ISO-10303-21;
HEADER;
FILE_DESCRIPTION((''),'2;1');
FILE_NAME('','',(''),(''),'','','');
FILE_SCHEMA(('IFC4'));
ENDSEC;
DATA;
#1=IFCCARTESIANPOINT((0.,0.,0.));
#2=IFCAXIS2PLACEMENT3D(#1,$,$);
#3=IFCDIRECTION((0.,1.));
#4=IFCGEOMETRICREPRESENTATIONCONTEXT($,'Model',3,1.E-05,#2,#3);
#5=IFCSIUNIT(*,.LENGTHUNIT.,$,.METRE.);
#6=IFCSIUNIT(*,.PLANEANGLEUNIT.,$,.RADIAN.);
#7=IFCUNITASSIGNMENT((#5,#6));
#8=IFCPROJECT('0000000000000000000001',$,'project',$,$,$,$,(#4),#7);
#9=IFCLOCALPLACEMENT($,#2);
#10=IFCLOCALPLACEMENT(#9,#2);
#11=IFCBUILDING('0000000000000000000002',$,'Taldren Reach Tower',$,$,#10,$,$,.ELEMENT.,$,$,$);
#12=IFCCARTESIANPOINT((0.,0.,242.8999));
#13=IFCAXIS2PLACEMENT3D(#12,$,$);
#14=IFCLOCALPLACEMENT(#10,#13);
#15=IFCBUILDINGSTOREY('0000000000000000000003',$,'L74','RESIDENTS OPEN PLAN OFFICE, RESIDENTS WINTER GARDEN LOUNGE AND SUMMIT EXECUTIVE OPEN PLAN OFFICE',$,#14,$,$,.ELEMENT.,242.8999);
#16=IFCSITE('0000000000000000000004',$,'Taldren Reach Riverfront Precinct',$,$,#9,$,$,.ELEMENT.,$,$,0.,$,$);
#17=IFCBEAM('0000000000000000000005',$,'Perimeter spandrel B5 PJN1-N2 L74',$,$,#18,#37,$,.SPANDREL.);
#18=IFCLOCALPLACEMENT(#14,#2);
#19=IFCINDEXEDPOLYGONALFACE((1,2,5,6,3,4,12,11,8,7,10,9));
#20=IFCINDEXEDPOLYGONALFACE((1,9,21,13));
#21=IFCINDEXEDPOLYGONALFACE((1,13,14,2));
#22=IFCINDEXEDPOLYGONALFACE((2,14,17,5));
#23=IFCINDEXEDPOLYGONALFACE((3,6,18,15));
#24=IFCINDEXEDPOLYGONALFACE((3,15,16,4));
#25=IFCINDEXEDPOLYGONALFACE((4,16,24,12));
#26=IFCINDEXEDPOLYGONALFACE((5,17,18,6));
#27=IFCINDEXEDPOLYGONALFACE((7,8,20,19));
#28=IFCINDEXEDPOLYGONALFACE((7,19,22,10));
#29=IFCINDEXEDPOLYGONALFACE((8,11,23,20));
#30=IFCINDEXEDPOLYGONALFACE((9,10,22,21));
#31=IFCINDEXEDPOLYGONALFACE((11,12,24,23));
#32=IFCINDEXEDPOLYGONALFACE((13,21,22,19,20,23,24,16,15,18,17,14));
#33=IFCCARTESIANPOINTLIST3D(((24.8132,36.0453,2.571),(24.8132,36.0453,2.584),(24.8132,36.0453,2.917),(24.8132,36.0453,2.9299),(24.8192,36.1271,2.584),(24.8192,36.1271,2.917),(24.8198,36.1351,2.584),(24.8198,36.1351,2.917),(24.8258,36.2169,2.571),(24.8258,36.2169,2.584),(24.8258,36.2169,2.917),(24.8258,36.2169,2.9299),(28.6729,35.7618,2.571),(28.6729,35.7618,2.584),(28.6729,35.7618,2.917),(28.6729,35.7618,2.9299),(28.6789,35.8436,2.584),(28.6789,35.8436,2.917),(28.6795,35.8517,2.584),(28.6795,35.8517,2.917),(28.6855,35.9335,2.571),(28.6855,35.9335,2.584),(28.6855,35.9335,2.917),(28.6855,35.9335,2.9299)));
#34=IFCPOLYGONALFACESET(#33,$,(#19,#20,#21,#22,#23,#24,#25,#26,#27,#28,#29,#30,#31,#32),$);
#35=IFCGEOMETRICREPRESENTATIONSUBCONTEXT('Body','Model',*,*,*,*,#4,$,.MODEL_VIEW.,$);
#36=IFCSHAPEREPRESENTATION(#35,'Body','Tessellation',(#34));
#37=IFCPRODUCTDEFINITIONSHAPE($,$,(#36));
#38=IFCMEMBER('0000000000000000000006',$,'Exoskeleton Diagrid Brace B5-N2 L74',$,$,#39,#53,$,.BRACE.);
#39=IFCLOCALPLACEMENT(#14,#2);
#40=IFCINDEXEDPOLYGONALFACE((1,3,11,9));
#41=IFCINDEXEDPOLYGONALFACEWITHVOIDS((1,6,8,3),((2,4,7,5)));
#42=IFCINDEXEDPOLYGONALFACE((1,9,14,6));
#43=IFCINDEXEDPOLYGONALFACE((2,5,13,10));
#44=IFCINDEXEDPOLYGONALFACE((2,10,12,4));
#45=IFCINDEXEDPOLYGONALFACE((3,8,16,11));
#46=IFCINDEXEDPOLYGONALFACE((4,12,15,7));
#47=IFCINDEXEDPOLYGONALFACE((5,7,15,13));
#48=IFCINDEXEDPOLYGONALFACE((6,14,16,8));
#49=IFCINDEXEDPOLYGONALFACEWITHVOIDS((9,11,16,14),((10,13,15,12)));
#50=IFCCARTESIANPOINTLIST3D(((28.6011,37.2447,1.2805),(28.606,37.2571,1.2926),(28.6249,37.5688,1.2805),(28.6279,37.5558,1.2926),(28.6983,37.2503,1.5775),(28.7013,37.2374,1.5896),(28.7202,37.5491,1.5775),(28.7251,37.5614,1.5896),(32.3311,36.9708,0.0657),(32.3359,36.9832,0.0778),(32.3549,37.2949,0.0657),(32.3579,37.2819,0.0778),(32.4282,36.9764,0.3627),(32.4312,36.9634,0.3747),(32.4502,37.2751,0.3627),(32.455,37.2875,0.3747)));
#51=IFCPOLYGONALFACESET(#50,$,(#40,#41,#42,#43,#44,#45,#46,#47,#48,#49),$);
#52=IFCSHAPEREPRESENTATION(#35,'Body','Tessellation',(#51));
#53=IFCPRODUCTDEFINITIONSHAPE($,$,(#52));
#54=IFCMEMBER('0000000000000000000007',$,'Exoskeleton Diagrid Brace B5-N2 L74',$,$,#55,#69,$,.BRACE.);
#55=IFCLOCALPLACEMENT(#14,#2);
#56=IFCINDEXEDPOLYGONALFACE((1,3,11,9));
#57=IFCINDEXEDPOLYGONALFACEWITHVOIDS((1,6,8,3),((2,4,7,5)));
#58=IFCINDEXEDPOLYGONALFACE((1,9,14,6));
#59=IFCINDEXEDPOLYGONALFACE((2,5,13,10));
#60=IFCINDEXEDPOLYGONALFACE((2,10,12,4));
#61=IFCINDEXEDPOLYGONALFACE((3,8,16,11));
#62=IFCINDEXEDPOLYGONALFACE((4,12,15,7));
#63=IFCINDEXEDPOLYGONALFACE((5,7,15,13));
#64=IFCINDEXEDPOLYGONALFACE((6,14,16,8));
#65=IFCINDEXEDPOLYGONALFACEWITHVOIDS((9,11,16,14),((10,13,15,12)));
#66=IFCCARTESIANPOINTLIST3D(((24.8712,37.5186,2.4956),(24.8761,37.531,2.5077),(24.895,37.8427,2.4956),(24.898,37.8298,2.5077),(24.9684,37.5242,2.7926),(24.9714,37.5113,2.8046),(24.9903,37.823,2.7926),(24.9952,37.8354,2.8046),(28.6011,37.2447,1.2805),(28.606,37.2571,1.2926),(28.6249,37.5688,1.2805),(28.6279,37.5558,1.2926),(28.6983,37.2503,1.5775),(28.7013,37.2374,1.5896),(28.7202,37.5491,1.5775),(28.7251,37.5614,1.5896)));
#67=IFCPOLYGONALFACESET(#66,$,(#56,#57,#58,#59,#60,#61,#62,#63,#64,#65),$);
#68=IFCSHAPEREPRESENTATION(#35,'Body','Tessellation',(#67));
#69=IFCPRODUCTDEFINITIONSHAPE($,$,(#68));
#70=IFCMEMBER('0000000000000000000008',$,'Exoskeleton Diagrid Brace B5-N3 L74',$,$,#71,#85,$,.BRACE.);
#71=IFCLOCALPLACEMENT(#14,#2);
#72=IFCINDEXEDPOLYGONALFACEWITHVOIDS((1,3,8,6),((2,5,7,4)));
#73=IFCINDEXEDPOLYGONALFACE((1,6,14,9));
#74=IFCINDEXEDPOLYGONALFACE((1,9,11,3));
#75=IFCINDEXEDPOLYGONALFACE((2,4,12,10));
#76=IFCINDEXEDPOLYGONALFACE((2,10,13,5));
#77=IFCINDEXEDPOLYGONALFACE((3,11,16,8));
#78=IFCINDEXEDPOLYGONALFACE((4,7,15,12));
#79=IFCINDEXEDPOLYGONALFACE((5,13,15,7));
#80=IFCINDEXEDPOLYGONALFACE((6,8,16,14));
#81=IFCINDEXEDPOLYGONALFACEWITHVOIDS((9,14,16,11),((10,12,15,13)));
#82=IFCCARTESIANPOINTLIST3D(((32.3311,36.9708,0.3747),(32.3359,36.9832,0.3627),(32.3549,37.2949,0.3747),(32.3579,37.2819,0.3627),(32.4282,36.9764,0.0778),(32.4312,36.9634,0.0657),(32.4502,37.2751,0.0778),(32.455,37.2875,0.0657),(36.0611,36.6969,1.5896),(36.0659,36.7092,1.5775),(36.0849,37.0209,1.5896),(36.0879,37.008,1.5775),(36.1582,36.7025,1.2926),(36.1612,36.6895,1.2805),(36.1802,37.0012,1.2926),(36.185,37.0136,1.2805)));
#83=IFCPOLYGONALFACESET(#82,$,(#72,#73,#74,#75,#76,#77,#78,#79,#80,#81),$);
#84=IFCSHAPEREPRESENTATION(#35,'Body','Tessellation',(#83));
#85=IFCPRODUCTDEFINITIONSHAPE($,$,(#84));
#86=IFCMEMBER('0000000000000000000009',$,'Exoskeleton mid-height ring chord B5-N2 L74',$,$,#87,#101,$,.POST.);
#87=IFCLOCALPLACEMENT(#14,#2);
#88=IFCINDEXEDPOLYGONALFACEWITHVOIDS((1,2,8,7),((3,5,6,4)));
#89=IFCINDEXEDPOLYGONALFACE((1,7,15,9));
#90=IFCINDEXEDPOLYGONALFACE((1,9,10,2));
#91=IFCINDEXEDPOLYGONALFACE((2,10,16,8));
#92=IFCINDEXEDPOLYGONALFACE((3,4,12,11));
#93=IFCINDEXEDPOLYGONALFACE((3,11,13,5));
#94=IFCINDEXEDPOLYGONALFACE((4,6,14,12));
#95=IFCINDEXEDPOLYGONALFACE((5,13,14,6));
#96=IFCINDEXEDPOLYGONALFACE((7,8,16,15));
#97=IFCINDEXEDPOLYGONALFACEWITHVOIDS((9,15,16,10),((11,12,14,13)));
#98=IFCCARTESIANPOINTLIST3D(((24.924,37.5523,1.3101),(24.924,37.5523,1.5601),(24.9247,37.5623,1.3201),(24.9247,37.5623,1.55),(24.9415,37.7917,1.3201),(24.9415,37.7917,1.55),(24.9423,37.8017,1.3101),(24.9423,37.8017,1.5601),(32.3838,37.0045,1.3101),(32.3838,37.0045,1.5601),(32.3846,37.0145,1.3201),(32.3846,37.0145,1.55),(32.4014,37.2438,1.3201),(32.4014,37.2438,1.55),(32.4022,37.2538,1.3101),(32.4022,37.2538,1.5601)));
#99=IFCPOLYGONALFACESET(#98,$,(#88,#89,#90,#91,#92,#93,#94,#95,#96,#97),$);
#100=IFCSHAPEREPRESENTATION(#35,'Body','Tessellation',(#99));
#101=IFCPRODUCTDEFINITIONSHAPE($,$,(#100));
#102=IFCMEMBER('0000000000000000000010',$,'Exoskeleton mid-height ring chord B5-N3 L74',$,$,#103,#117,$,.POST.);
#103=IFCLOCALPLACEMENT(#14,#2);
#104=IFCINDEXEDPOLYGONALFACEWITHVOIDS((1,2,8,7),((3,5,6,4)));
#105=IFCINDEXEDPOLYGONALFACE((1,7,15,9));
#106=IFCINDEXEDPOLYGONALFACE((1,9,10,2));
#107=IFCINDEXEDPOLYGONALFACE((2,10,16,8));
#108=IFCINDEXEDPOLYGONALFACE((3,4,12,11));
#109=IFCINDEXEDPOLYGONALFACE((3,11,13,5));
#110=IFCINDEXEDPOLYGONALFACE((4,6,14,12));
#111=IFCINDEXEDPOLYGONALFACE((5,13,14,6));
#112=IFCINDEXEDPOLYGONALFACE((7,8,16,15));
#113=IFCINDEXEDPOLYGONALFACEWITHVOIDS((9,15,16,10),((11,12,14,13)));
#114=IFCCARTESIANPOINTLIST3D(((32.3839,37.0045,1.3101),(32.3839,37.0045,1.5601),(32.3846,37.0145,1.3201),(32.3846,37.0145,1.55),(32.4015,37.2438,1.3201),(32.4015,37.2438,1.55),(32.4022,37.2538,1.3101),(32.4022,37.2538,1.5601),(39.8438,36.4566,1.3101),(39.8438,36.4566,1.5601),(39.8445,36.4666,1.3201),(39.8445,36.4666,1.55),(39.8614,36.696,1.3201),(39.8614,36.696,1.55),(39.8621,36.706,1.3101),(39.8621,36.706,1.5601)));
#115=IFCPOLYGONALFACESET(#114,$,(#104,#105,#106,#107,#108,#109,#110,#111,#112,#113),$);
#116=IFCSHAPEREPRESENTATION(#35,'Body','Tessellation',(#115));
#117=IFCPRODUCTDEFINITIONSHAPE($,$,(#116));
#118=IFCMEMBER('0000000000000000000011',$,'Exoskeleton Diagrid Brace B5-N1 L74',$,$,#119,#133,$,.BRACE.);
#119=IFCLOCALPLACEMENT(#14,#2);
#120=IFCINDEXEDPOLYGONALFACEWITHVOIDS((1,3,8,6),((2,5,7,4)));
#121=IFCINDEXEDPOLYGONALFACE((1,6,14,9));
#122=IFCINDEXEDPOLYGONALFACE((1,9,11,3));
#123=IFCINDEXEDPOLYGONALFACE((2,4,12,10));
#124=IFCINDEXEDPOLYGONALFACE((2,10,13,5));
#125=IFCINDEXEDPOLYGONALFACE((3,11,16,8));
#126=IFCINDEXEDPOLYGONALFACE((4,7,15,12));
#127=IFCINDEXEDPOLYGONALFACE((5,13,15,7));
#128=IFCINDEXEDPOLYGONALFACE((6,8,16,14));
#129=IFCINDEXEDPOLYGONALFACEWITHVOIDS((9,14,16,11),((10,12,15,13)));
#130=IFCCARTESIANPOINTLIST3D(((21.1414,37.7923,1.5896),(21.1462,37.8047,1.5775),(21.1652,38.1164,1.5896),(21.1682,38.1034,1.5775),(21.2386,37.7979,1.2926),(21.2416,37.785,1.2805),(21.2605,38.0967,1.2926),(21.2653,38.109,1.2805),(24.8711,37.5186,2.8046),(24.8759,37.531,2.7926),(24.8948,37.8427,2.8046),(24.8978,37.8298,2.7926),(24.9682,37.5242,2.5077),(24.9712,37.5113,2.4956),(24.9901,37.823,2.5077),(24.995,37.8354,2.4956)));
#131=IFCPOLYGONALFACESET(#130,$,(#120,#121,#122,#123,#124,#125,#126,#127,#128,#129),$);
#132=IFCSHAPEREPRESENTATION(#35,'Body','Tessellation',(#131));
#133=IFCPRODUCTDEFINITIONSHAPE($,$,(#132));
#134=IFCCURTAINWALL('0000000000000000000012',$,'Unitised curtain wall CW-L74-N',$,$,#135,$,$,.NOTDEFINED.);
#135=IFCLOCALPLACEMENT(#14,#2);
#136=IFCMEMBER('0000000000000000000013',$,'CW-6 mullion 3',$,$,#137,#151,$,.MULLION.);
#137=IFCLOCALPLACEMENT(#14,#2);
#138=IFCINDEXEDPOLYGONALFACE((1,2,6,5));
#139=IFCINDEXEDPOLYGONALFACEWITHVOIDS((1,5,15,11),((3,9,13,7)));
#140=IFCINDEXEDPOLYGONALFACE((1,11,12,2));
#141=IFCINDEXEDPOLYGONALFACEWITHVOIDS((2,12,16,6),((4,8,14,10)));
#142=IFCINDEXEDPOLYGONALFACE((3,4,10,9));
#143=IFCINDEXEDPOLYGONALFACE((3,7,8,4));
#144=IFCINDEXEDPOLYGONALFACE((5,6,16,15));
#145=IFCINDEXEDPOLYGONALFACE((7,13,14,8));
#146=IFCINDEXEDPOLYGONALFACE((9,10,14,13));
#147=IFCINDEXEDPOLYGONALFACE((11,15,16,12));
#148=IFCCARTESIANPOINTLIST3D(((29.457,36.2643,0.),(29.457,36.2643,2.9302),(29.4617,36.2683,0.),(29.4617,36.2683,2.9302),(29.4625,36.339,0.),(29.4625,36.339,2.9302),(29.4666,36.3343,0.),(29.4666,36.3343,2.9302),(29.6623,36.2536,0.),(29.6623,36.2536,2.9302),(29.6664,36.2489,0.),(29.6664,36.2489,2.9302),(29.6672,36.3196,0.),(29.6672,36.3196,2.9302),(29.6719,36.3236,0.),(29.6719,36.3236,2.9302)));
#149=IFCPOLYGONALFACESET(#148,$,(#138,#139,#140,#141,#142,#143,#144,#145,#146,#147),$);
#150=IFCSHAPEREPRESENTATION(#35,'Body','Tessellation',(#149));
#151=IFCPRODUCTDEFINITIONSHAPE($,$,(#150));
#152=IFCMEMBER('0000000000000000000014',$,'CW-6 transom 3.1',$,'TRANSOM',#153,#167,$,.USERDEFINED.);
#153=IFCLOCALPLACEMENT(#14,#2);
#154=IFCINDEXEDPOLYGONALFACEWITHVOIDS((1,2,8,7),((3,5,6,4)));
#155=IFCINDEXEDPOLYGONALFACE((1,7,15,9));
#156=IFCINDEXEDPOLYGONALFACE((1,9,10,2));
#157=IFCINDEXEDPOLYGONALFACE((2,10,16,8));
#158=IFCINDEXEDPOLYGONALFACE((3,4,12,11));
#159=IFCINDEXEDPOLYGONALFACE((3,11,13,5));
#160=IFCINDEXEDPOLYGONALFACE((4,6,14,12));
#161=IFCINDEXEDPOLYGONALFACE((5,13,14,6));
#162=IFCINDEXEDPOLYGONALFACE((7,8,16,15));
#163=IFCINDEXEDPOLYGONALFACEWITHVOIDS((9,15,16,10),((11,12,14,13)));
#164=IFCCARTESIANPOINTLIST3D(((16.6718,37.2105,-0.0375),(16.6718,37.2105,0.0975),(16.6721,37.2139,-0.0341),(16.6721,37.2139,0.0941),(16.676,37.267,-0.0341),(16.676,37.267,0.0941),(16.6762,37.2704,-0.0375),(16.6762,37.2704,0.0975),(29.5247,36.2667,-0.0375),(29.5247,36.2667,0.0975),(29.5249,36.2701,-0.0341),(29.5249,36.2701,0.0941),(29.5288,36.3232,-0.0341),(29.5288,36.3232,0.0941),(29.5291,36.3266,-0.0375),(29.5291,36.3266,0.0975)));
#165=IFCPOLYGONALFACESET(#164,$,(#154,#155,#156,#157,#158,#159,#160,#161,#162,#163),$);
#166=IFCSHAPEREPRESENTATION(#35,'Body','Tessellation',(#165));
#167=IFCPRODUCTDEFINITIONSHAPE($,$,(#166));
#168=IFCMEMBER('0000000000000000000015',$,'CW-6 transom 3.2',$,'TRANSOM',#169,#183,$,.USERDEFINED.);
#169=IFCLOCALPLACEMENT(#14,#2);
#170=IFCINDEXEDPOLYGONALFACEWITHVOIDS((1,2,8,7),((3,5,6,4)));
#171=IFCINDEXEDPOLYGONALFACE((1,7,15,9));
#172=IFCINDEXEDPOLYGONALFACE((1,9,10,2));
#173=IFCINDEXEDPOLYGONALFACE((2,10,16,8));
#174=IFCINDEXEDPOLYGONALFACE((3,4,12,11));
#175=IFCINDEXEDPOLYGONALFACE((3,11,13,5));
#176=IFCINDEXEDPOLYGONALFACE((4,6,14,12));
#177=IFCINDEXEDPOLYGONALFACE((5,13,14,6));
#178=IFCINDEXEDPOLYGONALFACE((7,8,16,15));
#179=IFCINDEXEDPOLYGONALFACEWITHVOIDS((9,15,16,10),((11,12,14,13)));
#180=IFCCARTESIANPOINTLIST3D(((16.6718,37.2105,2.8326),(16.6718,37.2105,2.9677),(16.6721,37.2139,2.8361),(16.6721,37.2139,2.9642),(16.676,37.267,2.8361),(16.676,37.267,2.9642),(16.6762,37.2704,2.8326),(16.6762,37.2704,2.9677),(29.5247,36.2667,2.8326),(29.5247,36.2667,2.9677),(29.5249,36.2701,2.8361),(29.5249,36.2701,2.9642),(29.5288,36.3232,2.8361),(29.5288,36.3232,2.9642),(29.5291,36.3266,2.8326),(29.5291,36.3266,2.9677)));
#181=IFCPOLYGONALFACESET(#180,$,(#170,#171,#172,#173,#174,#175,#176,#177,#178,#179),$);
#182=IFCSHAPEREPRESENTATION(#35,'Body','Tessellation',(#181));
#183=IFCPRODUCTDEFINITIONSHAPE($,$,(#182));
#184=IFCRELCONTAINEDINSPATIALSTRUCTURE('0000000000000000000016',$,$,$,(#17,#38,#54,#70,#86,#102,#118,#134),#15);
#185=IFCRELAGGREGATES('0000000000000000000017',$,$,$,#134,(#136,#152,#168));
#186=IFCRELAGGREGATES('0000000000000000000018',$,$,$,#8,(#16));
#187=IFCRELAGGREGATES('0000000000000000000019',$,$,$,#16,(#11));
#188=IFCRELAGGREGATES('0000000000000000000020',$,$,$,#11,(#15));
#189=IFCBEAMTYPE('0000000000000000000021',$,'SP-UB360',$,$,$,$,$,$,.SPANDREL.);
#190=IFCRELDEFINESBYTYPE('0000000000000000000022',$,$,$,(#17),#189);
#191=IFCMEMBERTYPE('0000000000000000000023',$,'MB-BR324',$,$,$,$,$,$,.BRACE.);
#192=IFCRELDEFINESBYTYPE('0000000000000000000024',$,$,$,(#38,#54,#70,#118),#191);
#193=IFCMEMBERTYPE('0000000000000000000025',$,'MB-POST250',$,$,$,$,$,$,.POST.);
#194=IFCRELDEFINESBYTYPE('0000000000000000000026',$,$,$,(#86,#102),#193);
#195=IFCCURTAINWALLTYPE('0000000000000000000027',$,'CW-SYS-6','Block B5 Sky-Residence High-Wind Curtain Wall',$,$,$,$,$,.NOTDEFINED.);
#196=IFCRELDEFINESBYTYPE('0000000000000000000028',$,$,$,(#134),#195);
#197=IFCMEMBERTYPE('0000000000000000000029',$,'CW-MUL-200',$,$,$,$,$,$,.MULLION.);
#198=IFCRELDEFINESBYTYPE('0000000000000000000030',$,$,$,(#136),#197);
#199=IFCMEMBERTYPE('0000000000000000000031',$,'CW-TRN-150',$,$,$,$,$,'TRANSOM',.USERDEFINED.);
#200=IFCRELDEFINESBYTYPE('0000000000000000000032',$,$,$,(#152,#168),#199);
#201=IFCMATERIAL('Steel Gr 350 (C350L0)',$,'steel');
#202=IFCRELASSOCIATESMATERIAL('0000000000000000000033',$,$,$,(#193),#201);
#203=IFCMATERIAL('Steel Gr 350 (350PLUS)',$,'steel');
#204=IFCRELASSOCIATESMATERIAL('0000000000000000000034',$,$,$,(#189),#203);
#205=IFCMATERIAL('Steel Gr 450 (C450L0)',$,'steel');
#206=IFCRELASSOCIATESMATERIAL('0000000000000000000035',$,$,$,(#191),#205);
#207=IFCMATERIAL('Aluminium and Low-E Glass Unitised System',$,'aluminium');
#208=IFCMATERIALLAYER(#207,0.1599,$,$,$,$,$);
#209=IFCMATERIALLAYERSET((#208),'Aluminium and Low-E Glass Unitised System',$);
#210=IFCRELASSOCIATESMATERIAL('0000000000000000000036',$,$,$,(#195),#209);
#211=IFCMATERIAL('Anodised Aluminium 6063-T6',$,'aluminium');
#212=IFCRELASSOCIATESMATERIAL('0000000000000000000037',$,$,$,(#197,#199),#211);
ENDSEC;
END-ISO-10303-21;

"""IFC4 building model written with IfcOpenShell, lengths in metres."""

from ifc_helpers import new_model, si_unit, direction, frame, origin, origin_2d, place, context, subcontext, project, spatial, hollow_rectangle, i_section, extrude, source, transform, mapped, material, layer, layer_set, material_profile, profile_set, type_object, element, aggregate, save


model = new_model("IFC4")

# Units and contexts
model_context = context("Model", 3, precision=1e-05, world=origin(), true_north=direction((0.0, 1.0)))
body_context = subcontext(model_context, "Body", "Model", "MODEL_VIEW")
ifc_project = project(units=[si_unit("LENGTHUNIT", "METRE"), si_unit("PLANEANGLEUNIT", "RADIAN")], contexts=[model_context])

# Site, building, storey
site_placement = place(None, origin())
site = spatial("IfcSite", under=ifc_project, at=site_placement, Name="Taldren Reach Riverfront Precinct", CompositionType="ELEMENT", RefElevation=0.0)
building_placement = place(site_placement, origin())
building = spatial("IfcBuilding", under=site, at=building_placement, Name="Taldren Reach Tower", CompositionType="ELEMENT")
storey_placement = place(building_placement, frame((0.0, 0.0, 242.8999)))
storey = spatial("IfcBuildingStorey", under=building, at=storey_placement, Name="L74", Description="RESIDENTS OPEN PLAN OFFICE, RESIDENTS WINTER GARDEN LOUNGE AND SUMMIT EXECUTIVE OPEN PLAN OFFICE", CompositionType="ELEMENT", Elevation=242.8999)

# Shared definitions
ifc_material_1 = material(Name="Steel Gr 350 (C350L0)", Category="steel")
ifc_material_2 = material(Name="Steel Gr 350 (350PLUS)", Category="steel")

# Shared definitions
ifc_material_profile_1 = material_profile(ifc_material_1, hollow_rectangle(XDim=0.25, YDim=0.25, WallThickness=0.01, at=origin_2d()), Name="250x250x10.0SHS")
ifc_profile_set_1 = profile_set([ifc_material_profile_1], Name="Steel Gr 350 (C350L0)")
member_type_1 = type_object("IfcMemberType", Name="MB-POST250", PredefinedType="POST", material=ifc_profile_set_1)
ifc_material_3 = material(Name="Steel Gr 450 (C450L0)", Category="steel")

# Beam
ifc_material_profile_2 = material_profile(ifc_material_2, i_section(OverallWidth=0.1721, OverallDepth=0.3589, WebThickness=0.0081, FlangeThickness=0.0129, at=origin_2d()), Name="360UB56.7")
ifc_profile_set_2 = profile_set([ifc_material_profile_2], Name="Steel Gr 350 (350PLUS)")
beam_type = type_object("IfcBeamType", Name="SP-UB360", PredefinedType="SPANDREL", material=ifc_profile_set_2)
shared_shape_1 = source(origin(), body_context, "Body", "SweptSolid", [
    extrude(i_section(OverallWidth=0.1721, OverallDepth=0.3589, WebThickness=0.0081, FlangeThickness=0.0129, at=origin_2d()), origin(), (0.0, 0.0, 1.0), 3.8701),
])
beam_1_placement = place(storey_placement, frame((28.6792, 35.8477, 2.7505), z_axis=(-0.997314, 0.073242, 0.0), x_axis=(-0.073242, -0.997314, 0.0)))
element("IfcBeam", 1, at=beam_1_placement, inside=storey, type_object=beam_type, Name="Perimeter spandrel B5 PJN1-N2 L74", PredefinedType="SPANDREL", context=body_context, shape_type="MappedRepresentation", body=[
    mapped(shared_shape_1, transform((0.0, 0.0, 0.0), scale=1.0)),
])

# Members
ifc_material_profile_3 = material_profile(ifc_material_3, hollow_rectangle(XDim=0.325, YDim=0.325, WallThickness=0.0127, at=origin_2d()), Name="325x325x12.7SHS")
ifc_profile_set_3 = profile_set([ifc_material_profile_3], Name="Steel Gr 450 (C450L0)")
member_type_2 = type_object("IfcMemberType", Name="MB-BR324", PredefinedType="BRACE", material=ifc_profile_set_3)
shared_shape_2 = source(origin(), body_context, "Body", "SweptSolid", [
    extrude(hollow_rectangle(XDim=0.325, YDim=0.325, WallThickness=0.0127, at=origin_2d()), origin(), (0.0, 0.0, 1.0), 3.9324),
])
for number, where, z_axis, x_axis, name in (
    (2, (32.3931, 37.1292, 0.2202), (-0.948529, 0.069659, 0.308933), (-0.073242, -0.997314, 0.0), "Exoskeleton Diagrid Brace B5-N2 L74"),
    (3, (28.6631, 37.4031, 1.4351), (-0.948511, 0.069658, 0.308989), (-0.073242, -0.997314, 0.0), "Exoskeleton Diagrid Brace B5-N2 L74"),
    (4, (32.3931, 37.1292, 0.2202), (0.948529, -0.069659, 0.308933), (0.073242, 0.997314, 0.0), "Exoskeleton Diagrid Brace B5-N3 L74"),
):
    element("IfcMember", number, at=place(storey_placement, frame(where, z_axis=z_axis, x_axis=x_axis)), inside=storey, type_object=member_type_2, Name=name, PredefinedType="BRACE", context=body_context, shape_type="MappedRepresentation", body=[
        mapped(shared_shape_2, transform((0.0, 0.0, 0.0), scale=1.0)),
    ])
shared_shape_3 = source(origin(), body_context, "Body", "SweptSolid", [
    extrude(hollow_rectangle(XDim=0.25, YDim=0.25, WallThickness=0.01, at=origin_2d()), origin(), (0.0, 0.0, 1.0), 7.48),
])
for number, where, z_axis, x_axis, name in (
    (5, (24.9331, 37.677, 1.4351), (0.997314, -0.073242, 0.0), (0.073242, 0.997314, 0.0), "Exoskeleton mid-height ring chord B5-N2 L74"),
    (6, (32.3931, 37.1292, 1.4351), (0.997314, -0.073242, 0.0), (0.073242, 0.997314, 0.0), "Exoskeleton mid-height ring chord B5-N3 L74"),
):
    element("IfcMember", number, at=place(storey_placement, frame(where, z_axis=z_axis, x_axis=x_axis)), inside=storey, type_object=member_type_1, Name=name, PredefinedType="POST", context=body_context, shape_type="MappedRepresentation", body=[
        mapped(shared_shape_3, transform((0.0, 0.0, 0.0), scale=1.0)),
    ])
shared_shape_4 = source(origin(), body_context, "Body", "SweptSolid", [
    extrude(hollow_rectangle(XDim=0.325, YDim=0.325, WallThickness=0.0127, at=origin_2d()), origin(), (0.0, 0.0, 1.0), 3.9321),
])
member_1_placement = place(storey_placement, frame((21.2034, 37.9507, 1.4351), z_axis=(0.948509, -0.0696, 0.309009), x_axis=(0.073182, 0.997319, 0.0)))
element("IfcMember", 7, at=member_1_placement, inside=storey, type_object=member_type_2, Name="Exoskeleton Diagrid Brace B5-N1 L74", PredefinedType="BRACE", context=body_context, shape_type="MappedRepresentation", body=[
    mapped(shared_shape_4, transform((0.0, 0.0, 0.0), scale=1.0)),
])

# Curtain wall, members
ifc_material_4 = material(Name="Aluminium and Low-E Glass Unitised System", Category="aluminium")
ifc_layer_1 = layer(ifc_material_4, 0.1599)
ifc_layer_set_1 = layer_set([ifc_layer_1], Name="Aluminium and Low-E Glass Unitised System")
curtain_wall_type = type_object("IfcCurtainWallType", Name="CW-SYS-6", Description="Block B5 Sky-Residence High-Wind Curtain Wall", PredefinedType="NOTDEFINED", material=ifc_layer_set_1)
curtain_wall_placement = place(storey_placement, origin())
curtain_wall = element("IfcCurtainWall", 8, at=curtain_wall_placement, inside=storey, type_object=curtain_wall_type, Name="Unitised curtain wall CW-L74-N", PredefinedType="NOTDEFINED")
ifc_material_5 = material(Name="Anodised Aluminium 6063-T6", Category="aluminium")
ifc_material_profile_4 = material_profile(ifc_material_5, hollow_rectangle(XDim=0.075, YDim=0.21, WallThickness=0.0044, at=origin_2d()), Name="ALU-210x75x4.5RHS")
ifc_profile_set_4 = profile_set([ifc_material_profile_4], Name="Anodised Aluminium 6063-T6")
member_type_3 = type_object("IfcMemberType", Name="CW-MUL-200", PredefinedType="MULLION", material=ifc_profile_set_4)
shared_shape_5 = source(origin(), body_context, "Body", "SweptSolid", [
    extrude(hollow_rectangle(XDim=0.075, YDim=0.21, WallThickness=0.0044, at=origin_2d()), origin(), (0.0, 0.0, 1.0), 2.9302),
])
member_2_placement = place(storey_placement, frame((29.5645, 36.2939, 0.0), z_axis=(0.0, 0.0, 1.0), x_axis=(-0.073238, -0.997314, 0.0)))
member_2 = element("IfcMember", 9, at=member_2_placement, type_object=member_type_3, Name="CW-6 mullion 3", PredefinedType="MULLION", context=body_context, shape_type="MappedRepresentation", body=[
    mapped(shared_shape_5, transform((0.0, 0.0, 0.0), scale=1.0)),
])
ifc_material_profile_5 = material_profile(ifc_material_5, hollow_rectangle(XDim=0.0601, YDim=0.135, WallThickness=0.0034, at=origin_2d()), Name="ALU-135x60x3.5RHS")
ifc_profile_set_5 = profile_set([ifc_material_profile_5], Name="Anodised Aluminium 6063-T6")
member_type_4 = type_object("IfcMemberType", Name="CW-TRN-150", ElementType="TRANSOM", PredefinedType="USERDEFINED", material=ifc_profile_set_5)
shared_shape_6 = source(origin(), body_context, "Body", "SweptSolid", [
    extrude(hollow_rectangle(XDim=0.0601, YDim=0.135, WallThickness=0.0034, at=origin_2d()), origin(), (0.0, 0.0, 1.0), 12.8875),
])
member_3_placement = place(storey_placement, frame((29.5269, 36.2966, 0.03), z_axis=(-0.997314, 0.073238, 0.0), x_axis=(-0.073238, -0.997314, 0.0)))
member_3 = element("IfcMember", 10, at=member_3_placement, type_object=member_type_4, Name="CW-6 transom 3.1", ObjectType="TRANSOM", PredefinedType="USERDEFINED", context=body_context, shape_type="MappedRepresentation", body=[
    mapped(shared_shape_6, transform((0.0, 0.0, 0.0), scale=1.0)),
])
member_4_placement = place(storey_placement, frame((29.5269, 36.2966, 2.9001), z_axis=(-0.997314, 0.073238, 0.0), x_axis=(-0.073238, -0.997314, 0.0)))
member_4 = element("IfcMember", 11, at=member_4_placement, type_object=member_type_4, Name="CW-6 transom 3.2", ObjectType="TRANSOM", PredefinedType="USERDEFINED", context=body_context, shape_type="MappedRepresentation", body=[
    mapped(shared_shape_6, transform((0.0, 0.0, 0.0), scale=1.0)),
])

aggregate(curtain_wall, [member_2, member_3, member_4])

save(model, "model.ifc")
